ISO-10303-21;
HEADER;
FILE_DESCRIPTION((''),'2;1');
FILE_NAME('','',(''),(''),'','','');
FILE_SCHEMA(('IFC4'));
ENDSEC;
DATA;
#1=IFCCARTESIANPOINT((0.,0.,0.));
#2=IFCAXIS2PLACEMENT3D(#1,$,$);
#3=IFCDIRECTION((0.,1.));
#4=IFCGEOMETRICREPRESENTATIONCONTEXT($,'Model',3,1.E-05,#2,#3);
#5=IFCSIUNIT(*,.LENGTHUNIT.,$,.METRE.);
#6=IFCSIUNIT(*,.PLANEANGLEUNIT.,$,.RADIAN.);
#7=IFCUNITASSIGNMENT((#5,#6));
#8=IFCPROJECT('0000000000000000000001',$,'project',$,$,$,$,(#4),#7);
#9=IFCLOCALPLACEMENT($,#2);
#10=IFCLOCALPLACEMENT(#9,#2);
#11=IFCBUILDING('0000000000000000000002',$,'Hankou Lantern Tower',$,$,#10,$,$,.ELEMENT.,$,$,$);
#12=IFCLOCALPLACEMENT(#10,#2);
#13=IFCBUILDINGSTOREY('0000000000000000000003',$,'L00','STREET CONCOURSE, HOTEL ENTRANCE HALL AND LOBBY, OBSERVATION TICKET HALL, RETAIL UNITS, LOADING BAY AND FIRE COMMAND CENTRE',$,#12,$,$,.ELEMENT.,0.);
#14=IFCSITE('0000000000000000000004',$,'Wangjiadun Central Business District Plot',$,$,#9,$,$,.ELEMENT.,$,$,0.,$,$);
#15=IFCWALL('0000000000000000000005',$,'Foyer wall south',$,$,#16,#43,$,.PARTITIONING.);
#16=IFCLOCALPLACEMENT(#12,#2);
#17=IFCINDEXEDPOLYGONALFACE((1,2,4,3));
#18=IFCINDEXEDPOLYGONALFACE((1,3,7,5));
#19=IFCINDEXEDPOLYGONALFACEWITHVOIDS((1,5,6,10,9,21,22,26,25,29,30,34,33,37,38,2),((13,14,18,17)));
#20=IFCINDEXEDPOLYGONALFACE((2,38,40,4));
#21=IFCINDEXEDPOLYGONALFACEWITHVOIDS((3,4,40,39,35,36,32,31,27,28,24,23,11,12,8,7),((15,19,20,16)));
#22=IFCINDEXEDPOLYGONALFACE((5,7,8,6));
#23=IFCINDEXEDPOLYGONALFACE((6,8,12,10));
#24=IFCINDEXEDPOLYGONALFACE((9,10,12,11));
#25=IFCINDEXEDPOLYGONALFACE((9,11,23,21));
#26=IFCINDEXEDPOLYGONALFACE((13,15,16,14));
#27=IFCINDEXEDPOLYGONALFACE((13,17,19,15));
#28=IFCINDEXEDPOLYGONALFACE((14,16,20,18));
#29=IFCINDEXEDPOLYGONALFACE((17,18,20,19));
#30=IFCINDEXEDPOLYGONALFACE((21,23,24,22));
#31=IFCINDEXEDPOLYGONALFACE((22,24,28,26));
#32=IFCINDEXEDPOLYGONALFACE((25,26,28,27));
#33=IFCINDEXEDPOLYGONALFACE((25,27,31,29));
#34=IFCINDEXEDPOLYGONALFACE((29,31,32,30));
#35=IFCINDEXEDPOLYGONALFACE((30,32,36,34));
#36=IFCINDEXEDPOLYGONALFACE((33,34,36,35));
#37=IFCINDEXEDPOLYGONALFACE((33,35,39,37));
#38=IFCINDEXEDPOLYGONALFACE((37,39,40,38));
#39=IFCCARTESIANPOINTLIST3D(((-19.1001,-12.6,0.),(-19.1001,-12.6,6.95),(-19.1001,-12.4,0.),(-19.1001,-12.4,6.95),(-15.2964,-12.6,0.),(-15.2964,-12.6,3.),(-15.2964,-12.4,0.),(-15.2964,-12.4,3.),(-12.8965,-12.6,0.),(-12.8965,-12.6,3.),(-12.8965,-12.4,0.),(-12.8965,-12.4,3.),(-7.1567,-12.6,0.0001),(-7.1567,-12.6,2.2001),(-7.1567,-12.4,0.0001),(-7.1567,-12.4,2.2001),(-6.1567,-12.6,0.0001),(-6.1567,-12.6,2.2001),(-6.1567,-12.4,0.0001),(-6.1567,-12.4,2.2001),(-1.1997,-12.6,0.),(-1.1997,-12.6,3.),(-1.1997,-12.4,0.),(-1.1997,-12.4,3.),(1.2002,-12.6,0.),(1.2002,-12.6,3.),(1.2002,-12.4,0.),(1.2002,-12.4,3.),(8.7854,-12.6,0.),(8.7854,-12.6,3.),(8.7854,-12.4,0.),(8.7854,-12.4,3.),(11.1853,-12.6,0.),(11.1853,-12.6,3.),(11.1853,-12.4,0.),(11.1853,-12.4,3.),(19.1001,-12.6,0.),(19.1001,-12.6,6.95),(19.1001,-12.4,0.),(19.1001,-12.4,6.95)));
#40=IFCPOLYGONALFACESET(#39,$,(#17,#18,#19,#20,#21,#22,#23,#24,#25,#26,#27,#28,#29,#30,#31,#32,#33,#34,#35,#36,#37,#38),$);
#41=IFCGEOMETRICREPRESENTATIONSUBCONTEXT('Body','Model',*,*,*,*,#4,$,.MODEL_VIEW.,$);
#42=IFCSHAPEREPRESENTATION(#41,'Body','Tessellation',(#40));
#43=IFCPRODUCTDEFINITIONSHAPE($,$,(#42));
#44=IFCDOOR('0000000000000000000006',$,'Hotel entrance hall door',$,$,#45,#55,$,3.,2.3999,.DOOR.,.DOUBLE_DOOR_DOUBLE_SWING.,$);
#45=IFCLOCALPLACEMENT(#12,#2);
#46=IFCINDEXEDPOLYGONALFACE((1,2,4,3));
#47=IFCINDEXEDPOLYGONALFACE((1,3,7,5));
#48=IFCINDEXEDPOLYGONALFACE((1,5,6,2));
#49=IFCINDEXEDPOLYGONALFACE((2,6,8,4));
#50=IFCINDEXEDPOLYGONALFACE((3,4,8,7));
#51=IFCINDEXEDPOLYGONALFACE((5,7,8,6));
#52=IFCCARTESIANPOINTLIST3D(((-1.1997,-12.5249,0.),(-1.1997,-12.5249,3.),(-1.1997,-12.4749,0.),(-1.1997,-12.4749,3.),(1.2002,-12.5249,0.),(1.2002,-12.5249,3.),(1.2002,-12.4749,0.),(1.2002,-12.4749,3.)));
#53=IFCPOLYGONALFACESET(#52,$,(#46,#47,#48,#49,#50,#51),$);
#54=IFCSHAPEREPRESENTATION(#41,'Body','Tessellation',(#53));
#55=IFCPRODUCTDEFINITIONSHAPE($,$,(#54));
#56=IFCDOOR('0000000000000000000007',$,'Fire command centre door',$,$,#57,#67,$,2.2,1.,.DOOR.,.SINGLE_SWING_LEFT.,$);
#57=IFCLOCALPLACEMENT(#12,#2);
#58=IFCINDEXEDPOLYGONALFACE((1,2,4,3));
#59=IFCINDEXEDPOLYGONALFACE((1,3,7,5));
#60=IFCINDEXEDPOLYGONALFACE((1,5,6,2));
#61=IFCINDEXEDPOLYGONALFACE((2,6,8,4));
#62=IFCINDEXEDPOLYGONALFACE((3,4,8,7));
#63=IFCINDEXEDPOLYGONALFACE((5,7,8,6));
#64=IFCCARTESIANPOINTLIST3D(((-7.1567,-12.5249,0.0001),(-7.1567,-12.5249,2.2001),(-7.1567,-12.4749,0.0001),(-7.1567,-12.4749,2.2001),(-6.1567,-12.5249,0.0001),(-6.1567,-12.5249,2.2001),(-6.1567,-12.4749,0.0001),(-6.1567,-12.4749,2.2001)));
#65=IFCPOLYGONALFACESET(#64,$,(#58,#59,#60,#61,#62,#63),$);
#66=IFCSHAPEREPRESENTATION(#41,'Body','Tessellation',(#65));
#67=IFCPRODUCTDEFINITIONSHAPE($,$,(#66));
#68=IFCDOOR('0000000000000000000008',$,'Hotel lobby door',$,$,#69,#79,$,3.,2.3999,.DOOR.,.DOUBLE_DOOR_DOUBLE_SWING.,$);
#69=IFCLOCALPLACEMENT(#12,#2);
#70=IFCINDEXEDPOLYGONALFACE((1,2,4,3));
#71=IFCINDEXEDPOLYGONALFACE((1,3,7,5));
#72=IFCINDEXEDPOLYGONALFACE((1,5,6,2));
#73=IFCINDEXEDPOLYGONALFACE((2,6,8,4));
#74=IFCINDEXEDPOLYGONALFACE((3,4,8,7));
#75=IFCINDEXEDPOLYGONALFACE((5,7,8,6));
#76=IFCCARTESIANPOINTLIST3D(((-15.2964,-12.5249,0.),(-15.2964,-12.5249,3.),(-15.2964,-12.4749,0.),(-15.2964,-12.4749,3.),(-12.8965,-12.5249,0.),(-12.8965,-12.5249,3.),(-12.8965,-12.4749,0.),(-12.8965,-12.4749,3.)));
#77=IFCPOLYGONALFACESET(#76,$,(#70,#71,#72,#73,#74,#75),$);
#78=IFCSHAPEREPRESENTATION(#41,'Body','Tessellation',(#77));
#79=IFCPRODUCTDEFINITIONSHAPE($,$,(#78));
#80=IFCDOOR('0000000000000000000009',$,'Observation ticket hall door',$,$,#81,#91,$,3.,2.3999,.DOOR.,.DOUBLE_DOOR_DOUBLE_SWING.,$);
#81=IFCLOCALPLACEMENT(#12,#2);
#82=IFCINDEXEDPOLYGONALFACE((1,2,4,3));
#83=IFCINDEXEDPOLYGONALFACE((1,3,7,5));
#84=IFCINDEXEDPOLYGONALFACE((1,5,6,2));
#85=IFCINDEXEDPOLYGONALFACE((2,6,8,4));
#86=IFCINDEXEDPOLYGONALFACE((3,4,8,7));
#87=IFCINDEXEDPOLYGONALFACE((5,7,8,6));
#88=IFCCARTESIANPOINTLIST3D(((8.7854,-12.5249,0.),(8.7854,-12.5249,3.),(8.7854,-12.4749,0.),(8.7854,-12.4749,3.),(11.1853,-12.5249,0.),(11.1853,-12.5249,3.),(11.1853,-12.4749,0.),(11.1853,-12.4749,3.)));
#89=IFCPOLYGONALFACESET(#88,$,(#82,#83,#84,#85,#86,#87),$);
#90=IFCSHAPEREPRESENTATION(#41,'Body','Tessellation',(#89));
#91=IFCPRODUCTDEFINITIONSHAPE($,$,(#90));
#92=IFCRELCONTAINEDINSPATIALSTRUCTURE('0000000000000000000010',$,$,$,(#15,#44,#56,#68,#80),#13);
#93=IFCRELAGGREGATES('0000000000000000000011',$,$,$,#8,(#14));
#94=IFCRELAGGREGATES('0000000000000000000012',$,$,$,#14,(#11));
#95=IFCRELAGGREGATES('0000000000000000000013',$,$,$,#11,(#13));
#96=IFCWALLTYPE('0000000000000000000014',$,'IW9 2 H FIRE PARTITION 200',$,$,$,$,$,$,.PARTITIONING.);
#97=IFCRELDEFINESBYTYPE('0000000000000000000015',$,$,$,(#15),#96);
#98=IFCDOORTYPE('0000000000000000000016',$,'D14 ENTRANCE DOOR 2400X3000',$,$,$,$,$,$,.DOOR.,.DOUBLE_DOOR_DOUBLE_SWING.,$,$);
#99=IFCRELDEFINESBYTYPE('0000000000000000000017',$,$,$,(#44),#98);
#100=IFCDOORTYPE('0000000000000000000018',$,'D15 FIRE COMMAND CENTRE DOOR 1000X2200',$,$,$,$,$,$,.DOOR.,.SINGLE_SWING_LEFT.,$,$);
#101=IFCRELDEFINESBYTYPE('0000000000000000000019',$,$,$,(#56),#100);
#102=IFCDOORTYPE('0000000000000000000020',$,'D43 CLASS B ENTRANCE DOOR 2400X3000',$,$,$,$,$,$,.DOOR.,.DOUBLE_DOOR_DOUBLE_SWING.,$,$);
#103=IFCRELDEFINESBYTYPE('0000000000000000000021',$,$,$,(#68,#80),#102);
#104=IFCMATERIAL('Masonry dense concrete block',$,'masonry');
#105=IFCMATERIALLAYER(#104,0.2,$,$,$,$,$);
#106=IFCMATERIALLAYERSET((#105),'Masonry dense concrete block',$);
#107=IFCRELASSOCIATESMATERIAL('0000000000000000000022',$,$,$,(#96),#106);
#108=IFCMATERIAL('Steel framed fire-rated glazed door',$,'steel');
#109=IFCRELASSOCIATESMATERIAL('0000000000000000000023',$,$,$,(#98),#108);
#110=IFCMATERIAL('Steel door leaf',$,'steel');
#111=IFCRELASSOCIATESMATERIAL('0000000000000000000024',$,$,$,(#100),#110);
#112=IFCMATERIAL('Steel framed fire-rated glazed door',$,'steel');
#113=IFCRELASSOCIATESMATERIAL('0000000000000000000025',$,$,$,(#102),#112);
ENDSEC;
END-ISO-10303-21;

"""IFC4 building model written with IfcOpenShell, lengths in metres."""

from ifc_helpers import new_model, si_unit, direction, frame, frame_2d, origin, place, context, subcontext, project, spatial, rectangle, extrude, material, layer, layer_set, type_object, element, fill, save


model = new_model("IFC4")

# Units and contexts
model_context = context("Model", 3, precision=1e-05, world=origin(), true_north=direction((0.0, 1.0)))
body_context = subcontext(model_context, "Body", "Model", "MODEL_VIEW")
ifc_project = project(units=[si_unit("LENGTHUNIT", "METRE"), si_unit("PLANEANGLEUNIT", "RADIAN")], contexts=[model_context])

# Site, building, storey
site_placement = place(None, origin())
site = spatial("IfcSite", under=ifc_project, at=site_placement, Name="Wangjiadun Central Business District Plot", CompositionType="ELEMENT", RefElevation=0.0)
building_placement = place(site_placement, origin())
building = spatial("IfcBuilding", under=site, at=building_placement, Name="Hankou Lantern Tower", CompositionType="ELEMENT")
storey_placement = place(building_placement, origin())
storey = spatial("IfcBuildingStorey", under=building, at=storey_placement, Name="L00", Description="STREET CONCOURSE, HOTEL ENTRANCE HALL AND LOBBY, OBSERVATION TICKET HALL, RETAIL UNITS, LOADING BAY AND FIRE COMMAND CENTRE", CompositionType="ELEMENT", Elevation=0.0)

# Wall, openings, doors
ifc_material_1 = material(Name="Masonry dense concrete block", Category="masonry")
ifc_layer_1 = layer(ifc_material_1, 0.2)
ifc_layer_set_1 = layer_set([ifc_layer_1], Name="Masonry dense concrete block")
wall_type_1 = type_object("IfcWallType", Name="IW9 2 H FIRE PARTITION 200", PredefinedType="PARTITIONING", material=ifc_layer_set_1)
ifc_material_2 = material(Name="Steel framed fire-rated glazed door", Category="steel")
door_type_1 = type_object("IfcDoorType", Name="D14 ENTRANCE DOOR 2400X3000", OperationType="DOUBLE_DOOR_DOUBLE_SWING", PredefinedType="DOOR", material=ifc_material_2)
wall_1_placement = place(storey_placement, frame((19.1001, -12.5, 0.0), z_axis=(0.0, 0.0, 1.0), x_axis=(-1.0, 0.0, 0.0)))
wall_1 = element("IfcWall", 1, at=wall_1_placement, inside=storey, type_object=wall_type_1, Name="Foyer wall south", PredefinedType="PARTITIONING", context=body_context, shape_type="SweptSolid", body=[
    extrude(rectangle(XDim=38.2002, YDim=0.2, at=frame_2d((19.1001, 0.0))), origin(), (0.0, 0.0, 1.0), 6.95),
])
opening_1_placement = place(wall_1_placement, frame((31.9966, 0.0, 0.0)))
opening_1 = element("IfcOpeningElement", 2, at=opening_1_placement, cuts=wall_1, PredefinedType="OPENING", context=body_context, shape_type="SweptSolid", body=[
    extrude(rectangle(XDim=2.3999, YDim=3.0, at=frame_2d((1.2, 1.5))), frame((0.0, 0.1099, 0.0), z_axis=(0.0, -1.0, 0.0), x_axis=(1.0, 0.0, 0.0)), (0.0, 0.0, 1.0), 0.22),
])
opening_2_placement = place(wall_1_placement, frame((25.2568, 0.0, 0.0)))
opening_2 = element("IfcOpeningElement", 3, at=opening_2_placement, cuts=wall_1, PredefinedType="OPENING", context=body_context, shape_type="SweptSolid", body=[
    extrude(rectangle(XDim=1.0, YDim=2.2, at=frame_2d((0.5, 1.1001))), frame((0.0, 0.1099, 0.0), z_axis=(0.0, -1.0, 0.0), x_axis=(1.0, 0.0, 0.0)), (0.0, 0.0, 1.0), 0.22),
])
opening_3_placement = place(wall_1_placement, frame((17.8999, 0.0, 0.0)))
opening_3 = element("IfcOpeningElement", 4, at=opening_3_placement, cuts=wall_1, PredefinedType="OPENING", context=body_context, shape_type="SweptSolid", body=[
    extrude(rectangle(XDim=2.3999, YDim=3.0, at=frame_2d((1.2, 1.5))), frame((0.0, 0.1099, 0.0), z_axis=(0.0, -1.0, 0.0), x_axis=(1.0, 0.0, 0.0)), (0.0, 0.0, 1.0), 0.22),
])
opening_4_placement = place(wall_1_placement, frame((7.9148, 0.0, 0.0)))
opening_4 = element("IfcOpeningElement", 5, at=opening_4_placement, cuts=wall_1, PredefinedType="OPENING", context=body_context, shape_type="SweptSolid", body=[
    extrude(rectangle(XDim=2.3999, YDim=3.0, at=frame_2d((1.2, 1.5))), frame((0.0, 0.1099, 0.0), z_axis=(0.0, -1.0, 0.0), x_axis=(1.0, 0.0, 0.0)), (0.0, 0.0, 1.0), 0.22),
])
door_1_placement = place(opening_3_placement, origin())
door_1 = element("IfcDoor", 6, at=door_1_placement, inside=storey, type_object=door_type_1, Name="Hotel entrance hall door", OperationType="DOUBLE_DOOR_DOUBLE_SWING", OverallHeight=3.0, OverallWidth=2.3999, PredefinedType="DOOR", context=body_context, shape_type="SweptSolid", body=[
    extrude(rectangle(XDim=2.3999, YDim=3.0, at=frame_2d((1.2, 1.5))), frame((0.0, 0.0249, 0.0), z_axis=(0.0, -1.0, 0.0), x_axis=(1.0, 0.0, 0.0)), (0.0, 0.0, 1.0), 0.05),
])
fill(opening_3, door_1)
ifc_material_3 = material(Name="Steel door leaf", Category="steel")
door_type_2 = type_object("IfcDoorType", Name="D15 FIRE COMMAND CENTRE DOOR 1000X2200", OperationType="SINGLE_SWING_LEFT", PredefinedType="DOOR", material=ifc_material_3)
door_2_placement = place(opening_2_placement, origin())
door_2 = element("IfcDoor", 7, at=door_2_placement, inside=storey, type_object=door_type_2, Name="Fire command centre door", OperationType="SINGLE_SWING_LEFT", OverallHeight=2.2, OverallWidth=1.0, PredefinedType="DOOR", context=body_context, shape_type="SweptSolid", body=[
    extrude(rectangle(XDim=1.0, YDim=2.2, at=frame_2d((0.5, 1.1001))), frame((0.0, 0.0249, 0.0), z_axis=(0.0, -1.0, 0.0), x_axis=(1.0, 0.0, 0.0)), (0.0, 0.0, 1.0), 0.05),
])
fill(opening_2, door_2)
ifc_material_4 = material(Name="Steel framed fire-rated glazed door", Category="steel")
door_type_3 = type_object("IfcDoorType", Name="D43 CLASS B ENTRANCE DOOR 2400X3000", OperationType="DOUBLE_DOOR_DOUBLE_SWING", PredefinedType="DOOR", material=ifc_material_4)
door_3_placement = place(opening_1_placement, origin())
door_3 = element("IfcDoor", 8, at=door_3_placement, inside=storey, type_object=door_type_3, Name="Hotel lobby door", OperationType="DOUBLE_DOOR_DOUBLE_SWING", OverallHeight=3.0, OverallWidth=2.3999, PredefinedType="DOOR", context=body_context, shape_type="SweptSolid", body=[
    extrude(rectangle(XDim=2.3999, YDim=3.0, at=frame_2d((1.2, 1.5))), frame((0.0, 0.0249, 0.0), z_axis=(0.0, -1.0, 0.0), x_axis=(1.0, 0.0, 0.0)), (0.0, 0.0, 1.0), 0.05),
])
fill(opening_1, door_3)
door_4_placement = place(opening_4_placement, origin())
door_4 = element("IfcDoor", 9, at=door_4_placement, inside=storey, type_object=door_type_3, Name="Observation ticket hall door", OperationType="DOUBLE_DOOR_DOUBLE_SWING", OverallHeight=3.0, OverallWidth=2.3999, PredefinedType="DOOR", context=body_context, shape_type="SweptSolid", body=[
    extrude(rectangle(XDim=2.3999, YDim=3.0, at=frame_2d((1.2, 1.5))), frame((0.0, 0.0249, 0.0), z_axis=(0.0, -1.0, 0.0), x_axis=(1.0, 0.0, 0.0)), (0.0, 0.0, 1.0), 0.05),
])
fill(opening_4, door_4)

save(model, "model.ifc")
